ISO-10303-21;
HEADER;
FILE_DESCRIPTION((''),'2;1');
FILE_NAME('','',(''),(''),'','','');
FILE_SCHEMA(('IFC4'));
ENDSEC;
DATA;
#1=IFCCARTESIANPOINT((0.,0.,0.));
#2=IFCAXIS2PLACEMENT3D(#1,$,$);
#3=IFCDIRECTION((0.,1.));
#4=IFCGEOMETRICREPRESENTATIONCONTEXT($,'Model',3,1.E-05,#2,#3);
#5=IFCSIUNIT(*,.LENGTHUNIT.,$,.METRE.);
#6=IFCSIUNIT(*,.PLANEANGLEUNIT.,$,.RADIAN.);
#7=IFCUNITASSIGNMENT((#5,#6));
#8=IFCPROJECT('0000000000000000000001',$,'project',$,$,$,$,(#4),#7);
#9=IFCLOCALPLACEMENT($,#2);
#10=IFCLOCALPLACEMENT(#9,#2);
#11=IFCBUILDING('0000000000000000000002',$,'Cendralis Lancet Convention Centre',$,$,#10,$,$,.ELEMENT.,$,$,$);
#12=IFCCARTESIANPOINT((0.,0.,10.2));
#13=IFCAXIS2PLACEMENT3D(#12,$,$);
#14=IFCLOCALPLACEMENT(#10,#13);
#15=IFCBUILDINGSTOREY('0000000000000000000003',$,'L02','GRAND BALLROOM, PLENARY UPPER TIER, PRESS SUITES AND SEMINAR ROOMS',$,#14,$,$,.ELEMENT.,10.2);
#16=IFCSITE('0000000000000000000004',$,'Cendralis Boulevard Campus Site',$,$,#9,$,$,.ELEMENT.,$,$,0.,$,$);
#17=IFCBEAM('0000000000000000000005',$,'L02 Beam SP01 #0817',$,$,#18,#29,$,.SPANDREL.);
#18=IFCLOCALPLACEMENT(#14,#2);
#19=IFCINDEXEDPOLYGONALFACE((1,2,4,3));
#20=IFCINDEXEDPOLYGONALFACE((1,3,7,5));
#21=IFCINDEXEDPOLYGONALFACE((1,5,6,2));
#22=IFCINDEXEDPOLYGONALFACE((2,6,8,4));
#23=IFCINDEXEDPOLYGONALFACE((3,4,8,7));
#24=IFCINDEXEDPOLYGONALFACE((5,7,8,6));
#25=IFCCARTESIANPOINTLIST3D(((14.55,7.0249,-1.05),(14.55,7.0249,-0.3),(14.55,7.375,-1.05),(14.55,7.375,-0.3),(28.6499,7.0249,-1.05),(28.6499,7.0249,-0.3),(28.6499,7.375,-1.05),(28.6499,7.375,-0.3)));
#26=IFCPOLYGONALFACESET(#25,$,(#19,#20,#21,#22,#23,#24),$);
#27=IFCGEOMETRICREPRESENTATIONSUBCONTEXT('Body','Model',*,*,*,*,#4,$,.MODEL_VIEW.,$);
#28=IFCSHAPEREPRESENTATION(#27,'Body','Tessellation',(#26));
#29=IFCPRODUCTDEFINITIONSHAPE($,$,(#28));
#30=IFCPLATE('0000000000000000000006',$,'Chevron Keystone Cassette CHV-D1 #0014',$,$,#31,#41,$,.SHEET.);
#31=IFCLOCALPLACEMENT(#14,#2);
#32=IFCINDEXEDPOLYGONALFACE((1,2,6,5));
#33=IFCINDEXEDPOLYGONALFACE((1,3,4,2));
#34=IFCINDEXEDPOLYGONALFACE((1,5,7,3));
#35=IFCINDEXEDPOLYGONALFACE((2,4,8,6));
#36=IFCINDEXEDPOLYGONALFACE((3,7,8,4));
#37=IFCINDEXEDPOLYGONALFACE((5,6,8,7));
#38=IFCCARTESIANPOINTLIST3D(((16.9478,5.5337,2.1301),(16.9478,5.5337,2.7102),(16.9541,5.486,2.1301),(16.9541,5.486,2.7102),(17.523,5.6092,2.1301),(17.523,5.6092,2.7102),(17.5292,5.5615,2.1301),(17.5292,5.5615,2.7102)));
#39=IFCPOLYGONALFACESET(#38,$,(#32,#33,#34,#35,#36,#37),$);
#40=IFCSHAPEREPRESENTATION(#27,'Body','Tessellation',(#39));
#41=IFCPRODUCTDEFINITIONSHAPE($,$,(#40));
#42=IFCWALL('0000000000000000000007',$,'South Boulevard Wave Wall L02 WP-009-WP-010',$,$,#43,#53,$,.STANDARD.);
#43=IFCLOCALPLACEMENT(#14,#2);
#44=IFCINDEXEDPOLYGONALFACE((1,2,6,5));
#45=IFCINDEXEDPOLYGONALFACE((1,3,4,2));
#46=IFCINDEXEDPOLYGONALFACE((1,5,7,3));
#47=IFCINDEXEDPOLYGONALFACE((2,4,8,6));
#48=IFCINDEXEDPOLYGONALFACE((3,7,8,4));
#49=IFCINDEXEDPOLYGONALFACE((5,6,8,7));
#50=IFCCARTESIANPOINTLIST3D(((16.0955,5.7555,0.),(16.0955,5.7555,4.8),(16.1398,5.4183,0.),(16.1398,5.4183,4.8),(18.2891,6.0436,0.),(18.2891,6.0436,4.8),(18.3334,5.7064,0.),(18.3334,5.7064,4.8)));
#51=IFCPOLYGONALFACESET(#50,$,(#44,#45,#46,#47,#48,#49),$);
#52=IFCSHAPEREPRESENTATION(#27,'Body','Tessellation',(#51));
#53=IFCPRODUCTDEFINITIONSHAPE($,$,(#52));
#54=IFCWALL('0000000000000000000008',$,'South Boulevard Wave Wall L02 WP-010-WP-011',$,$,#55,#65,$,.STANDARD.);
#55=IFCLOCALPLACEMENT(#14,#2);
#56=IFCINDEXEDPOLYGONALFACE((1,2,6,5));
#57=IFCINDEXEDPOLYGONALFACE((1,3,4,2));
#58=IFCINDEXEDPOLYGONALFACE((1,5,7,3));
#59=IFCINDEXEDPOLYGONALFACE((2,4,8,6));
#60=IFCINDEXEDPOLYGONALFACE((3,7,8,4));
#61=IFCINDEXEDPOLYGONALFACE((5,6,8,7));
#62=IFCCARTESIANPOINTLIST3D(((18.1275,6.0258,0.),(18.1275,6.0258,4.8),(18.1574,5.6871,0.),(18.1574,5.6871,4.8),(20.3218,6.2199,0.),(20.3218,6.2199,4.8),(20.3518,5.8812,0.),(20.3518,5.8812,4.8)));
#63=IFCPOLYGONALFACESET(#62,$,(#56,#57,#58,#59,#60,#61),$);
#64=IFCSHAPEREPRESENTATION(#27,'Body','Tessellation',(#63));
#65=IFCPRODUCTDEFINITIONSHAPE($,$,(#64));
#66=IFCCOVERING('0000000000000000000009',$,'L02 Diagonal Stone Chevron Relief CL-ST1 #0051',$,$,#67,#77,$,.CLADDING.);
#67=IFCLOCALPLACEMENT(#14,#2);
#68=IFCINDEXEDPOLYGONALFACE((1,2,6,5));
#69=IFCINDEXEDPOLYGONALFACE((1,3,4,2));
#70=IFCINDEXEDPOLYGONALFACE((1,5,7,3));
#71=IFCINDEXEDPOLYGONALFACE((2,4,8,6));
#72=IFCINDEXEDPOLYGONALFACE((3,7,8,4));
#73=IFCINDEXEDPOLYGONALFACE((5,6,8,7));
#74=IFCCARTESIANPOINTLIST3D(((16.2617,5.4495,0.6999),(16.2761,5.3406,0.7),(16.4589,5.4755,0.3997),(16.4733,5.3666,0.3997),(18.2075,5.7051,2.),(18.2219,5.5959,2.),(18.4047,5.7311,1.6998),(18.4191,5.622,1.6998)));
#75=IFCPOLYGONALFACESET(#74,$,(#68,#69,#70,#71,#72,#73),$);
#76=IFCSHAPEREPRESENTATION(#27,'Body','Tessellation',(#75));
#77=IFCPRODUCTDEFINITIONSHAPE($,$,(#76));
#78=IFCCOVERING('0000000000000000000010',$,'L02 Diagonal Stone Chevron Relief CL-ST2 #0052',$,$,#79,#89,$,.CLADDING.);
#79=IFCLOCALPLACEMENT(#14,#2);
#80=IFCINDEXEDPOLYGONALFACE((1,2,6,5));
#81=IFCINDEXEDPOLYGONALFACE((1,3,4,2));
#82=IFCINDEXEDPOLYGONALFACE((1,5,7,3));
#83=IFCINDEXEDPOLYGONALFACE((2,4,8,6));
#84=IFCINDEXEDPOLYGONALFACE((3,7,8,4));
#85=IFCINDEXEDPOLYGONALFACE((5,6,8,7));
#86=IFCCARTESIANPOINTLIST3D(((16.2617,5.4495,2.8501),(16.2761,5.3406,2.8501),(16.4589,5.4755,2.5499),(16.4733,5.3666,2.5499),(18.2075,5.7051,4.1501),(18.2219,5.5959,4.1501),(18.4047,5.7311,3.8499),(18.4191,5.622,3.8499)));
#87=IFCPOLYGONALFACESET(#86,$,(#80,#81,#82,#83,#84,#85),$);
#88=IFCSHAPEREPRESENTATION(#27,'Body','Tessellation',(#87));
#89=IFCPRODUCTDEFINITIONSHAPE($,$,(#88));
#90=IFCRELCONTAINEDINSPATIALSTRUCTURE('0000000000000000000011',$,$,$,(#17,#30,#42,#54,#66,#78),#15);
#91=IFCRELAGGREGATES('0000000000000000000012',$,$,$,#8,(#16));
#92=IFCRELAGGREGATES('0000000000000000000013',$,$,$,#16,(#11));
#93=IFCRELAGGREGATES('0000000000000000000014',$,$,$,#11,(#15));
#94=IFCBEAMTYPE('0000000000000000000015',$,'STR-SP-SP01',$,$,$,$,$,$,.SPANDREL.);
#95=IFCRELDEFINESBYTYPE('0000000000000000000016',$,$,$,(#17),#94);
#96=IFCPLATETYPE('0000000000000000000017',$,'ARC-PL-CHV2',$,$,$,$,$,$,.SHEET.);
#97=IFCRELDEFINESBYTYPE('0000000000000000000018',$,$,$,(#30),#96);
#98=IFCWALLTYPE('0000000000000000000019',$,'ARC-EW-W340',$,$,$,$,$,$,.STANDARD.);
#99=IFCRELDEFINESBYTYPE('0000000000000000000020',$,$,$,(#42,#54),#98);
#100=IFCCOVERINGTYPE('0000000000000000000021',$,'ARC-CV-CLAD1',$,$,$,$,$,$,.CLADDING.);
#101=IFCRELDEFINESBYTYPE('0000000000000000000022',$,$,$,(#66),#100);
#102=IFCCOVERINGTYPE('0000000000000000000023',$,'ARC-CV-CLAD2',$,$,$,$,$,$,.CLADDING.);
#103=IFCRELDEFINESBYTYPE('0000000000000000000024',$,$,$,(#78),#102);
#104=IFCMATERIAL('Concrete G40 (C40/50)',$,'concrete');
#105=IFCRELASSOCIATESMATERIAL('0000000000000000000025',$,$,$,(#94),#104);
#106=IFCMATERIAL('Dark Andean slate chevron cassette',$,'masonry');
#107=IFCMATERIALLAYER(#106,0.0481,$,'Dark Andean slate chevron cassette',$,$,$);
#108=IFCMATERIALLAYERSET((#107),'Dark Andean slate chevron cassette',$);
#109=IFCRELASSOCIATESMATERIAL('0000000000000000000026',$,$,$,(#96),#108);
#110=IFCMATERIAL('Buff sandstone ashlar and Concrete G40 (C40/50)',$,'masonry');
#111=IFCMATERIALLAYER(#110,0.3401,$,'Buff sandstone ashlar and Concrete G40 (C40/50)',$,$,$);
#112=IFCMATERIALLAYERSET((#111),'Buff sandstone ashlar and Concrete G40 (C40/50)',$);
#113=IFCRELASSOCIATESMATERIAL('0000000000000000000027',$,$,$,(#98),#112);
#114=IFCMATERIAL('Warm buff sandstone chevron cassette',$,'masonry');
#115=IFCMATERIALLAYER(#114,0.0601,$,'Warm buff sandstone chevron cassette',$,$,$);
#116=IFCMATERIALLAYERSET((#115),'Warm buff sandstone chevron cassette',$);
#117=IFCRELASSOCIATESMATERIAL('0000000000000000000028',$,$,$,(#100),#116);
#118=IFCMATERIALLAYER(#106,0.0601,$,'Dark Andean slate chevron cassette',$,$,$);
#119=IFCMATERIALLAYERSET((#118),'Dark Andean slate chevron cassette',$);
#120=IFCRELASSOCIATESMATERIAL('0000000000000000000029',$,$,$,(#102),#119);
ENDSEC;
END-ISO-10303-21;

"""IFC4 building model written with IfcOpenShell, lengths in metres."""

from ifc_helpers import new_model, si_unit, direction, frame, frame_2d, origin, origin_2d, place, context, subcontext, project, spatial, polyline, rectangle, outline, extrude, material, layer, layer_set, material_profile, profile_set, type_object, element, save


model = new_model("IFC4")

# Units and contexts
model_context = context("Model", 3, precision=1e-05, world=origin(), true_north=direction((0.0, 1.0)))
body_context = subcontext(model_context, "Body", "Model", "MODEL_VIEW")
ifc_project = project(units=[si_unit("LENGTHUNIT", "METRE"), si_unit("PLANEANGLEUNIT", "RADIAN")], contexts=[model_context])

# Site, building, storey
site_placement = place(None, origin())
site = spatial("IfcSite", under=ifc_project, at=site_placement, Name="Cendralis Boulevard Campus Site", CompositionType="ELEMENT", RefElevation=0.0)
building_placement = place(site_placement, origin())
building = spatial("IfcBuilding", under=site, at=building_placement, Name="Cendralis Lancet Convention Centre", CompositionType="ELEMENT")
storey_placement = place(building_placement, frame((0.0, 0.0, 10.2)))
storey = spatial("IfcBuildingStorey", under=building, at=storey_placement, Name="L02", Description="GRAND BALLROOM, PLENARY UPPER TIER, PRESS SUITES AND SEMINAR ROOMS", CompositionType="ELEMENT", Elevation=10.2)

# Beam
ifc_material_1 = material(Name="Concrete G40 (C40/50)", Category="concrete")
ifc_material_profile_1 = material_profile(ifc_material_1, rectangle(XDim=0.3501, YDim=0.75, at=origin_2d()), Name="RCB 350x750")
ifc_profile_set_1 = profile_set([ifc_material_profile_1], Name="Concrete G40 (C40/50)")
beam_type_1 = type_object("IfcBeamType", Name="STR-SP-SP01", PredefinedType="SPANDREL", material=ifc_profile_set_1)
beam_1_placement = place(storey_placement, frame((14.55, 7.2, -0.675), z_axis=(1.0, 0.0, 0.0), x_axis=(0.0, 1.0, 0.0)))
element("IfcBeam", 1, at=beam_1_placement, inside=storey, type_object=beam_type_1, Name="L02 Beam SP01 #0817", PredefinedType="SPANDREL", context=body_context, shape_type="SweptSolid", body=[
    extrude(rectangle(XDim=0.3501, YDim=0.75, at=origin_2d()), origin(), (0.0, 0.0, 1.0), 14.0999),
])

# Plate
ifc_material_2 = material(Name="Dark Andean slate chevron cassette", Category="masonry")
ifc_layer_1 = layer(ifc_material_2, 0.0481, Name="Dark Andean slate chevron cassette")
ifc_layer_set_1 = layer_set([ifc_layer_1], Name="Dark Andean slate chevron cassette")
plate_type = type_object("IfcPlateType", Name="ARC-PL-CHV2", PredefinedType="SHEET", material=ifc_layer_set_1)
plate_placement = place(storey_placement, frame((17.2385, 5.5476, 2.1301), z_axis=(0.0, 0.0, 1.0), x_axis=(0.991484, 0.130232, 0.0)))
element("IfcPlate", 2, at=plate_placement, inside=storey, type_object=plate_type, Name="Chevron Keystone Cassette CHV-D1 #0014", PredefinedType="SHEET", context=body_context, shape_type="SweptSolid", body=[
    extrude(rectangle(XDim=0.5801, YDim=0.0481, at=origin_2d()), origin(), (0.0, 0.0, 1.0), 0.5801),
])

# Walls
ifc_material_3 = material(Name="Buff sandstone ashlar and Concrete G40 (C40/50)", Category="masonry")
ifc_layer_2 = layer(ifc_material_3, 0.3401, Name="Buff sandstone ashlar and Concrete G40 (C40/50)")
ifc_layer_set_2 = layer_set([ifc_layer_2], Name="Buff sandstone ashlar and Concrete G40 (C40/50)")
wall_type_1 = type_object("IfcWallType", Name="ARC-EW-W340", PredefinedType="STANDARD", material=ifc_layer_set_2)
wall_1_placement = place(storey_placement, frame((16.1177, 5.5869, 0.0), z_axis=(0.0, 0.0, 1.0), x_axis=(0.991486, 0.130212, 0.0)))
element("IfcWall", 3, at=wall_1_placement, inside=storey, type_object=wall_type_1, Name="South Boulevard Wave Wall L02 WP-009-WP-010", PredefinedType="STANDARD", context=body_context, shape_type="SweptSolid", body=[
    extrude(rectangle(XDim=2.2124, YDim=0.3401, at=frame_2d((1.1062, 0.0))), origin(), (0.0, 0.0, 1.0), 4.8),
])
wall_2_placement = place(storey_placement, frame((18.1423, 5.8564, 0.0), z_axis=(0.0, 0.0, 1.0), x_axis=(0.996111, 0.088107, 0.0)))
element("IfcWall", 4, at=wall_2_placement, inside=storey, type_object=wall_type_1, Name="South Boulevard Wave Wall L02 WP-010-WP-011", PredefinedType="STANDARD", context=body_context, shape_type="SweptSolid", body=[
    extrude(rectangle(XDim=2.2029, YDim=0.3401, at=frame_2d((1.1016, 0.0))), origin(), (0.0, 0.0, 1.0), 4.8),
])

# Coverings
ifc_material_4 = material(Name="Warm buff sandstone chevron cassette", Category="masonry")
ifc_layer_3 = layer(ifc_material_4, 0.0601, Name="Warm buff sandstone chevron cassette")
ifc_layer_set_3 = layer_set([ifc_layer_3], Name="Warm buff sandstone chevron cassette")
covering_type_1 = type_object("IfcCoveringType", Name="ARC-CV-CLAD1", PredefinedType="CLADDING", material=ifc_layer_set_3)
covering_1_placement = place(storey_placement, frame((16.2761, 5.3406, 0.7), z_axis=(-0.547502, -0.072346, 0.833671), x_axis=(0.826583, 0.108483, 0.552261)))
element("IfcCovering", 5, at=covering_1_placement, inside=storey, type_object=covering_type_1, Name="L02 Diagonal Stone Chevron Relief CL-ST1 #0051", PredefinedType="CLADDING", context=body_context, shape_type="SweptSolid", body=[
    extrude(outline(polyline([(0.0, 0.0), (2.354, 0.0), (2.354, 0.1101), (-0.0001, 0.1098), (0.0, 0.0)])), origin(), (0.0, 0.0, -1.0), 0.3601),
])
ifc_layer_4 = layer(ifc_material_2, 0.0601, Name="Dark Andean slate chevron cassette")
ifc_layer_set_4 = layer_set([ifc_layer_4], Name="Dark Andean slate chevron cassette")
covering_type_2 = type_object("IfcCoveringType", Name="ARC-CV-CLAD2", PredefinedType="CLADDING", material=ifc_layer_set_4)
covering_2_placement = place(storey_placement, frame((16.2761, 5.3406, 2.8501), z_axis=(-0.547502, -0.072346, 0.833671), x_axis=(0.826583, 0.108483, 0.552261)))
element("IfcCovering", 6, at=covering_2_placement, inside=storey, type_object=covering_type_2, Name="L02 Diagonal Stone Chevron Relief CL-ST2 #0052", PredefinedType="CLADDING", context=body_context, shape_type="SweptSolid", body=[
    extrude(outline(polyline([(0.0, 0.0), (2.354, 0.0), (2.354, 0.1101), (-0.0001, 0.1098), (0.0, 0.0)])), origin(), (0.0, 0.0, -1.0), 0.3601),
])

save(model, "model.ifc")
